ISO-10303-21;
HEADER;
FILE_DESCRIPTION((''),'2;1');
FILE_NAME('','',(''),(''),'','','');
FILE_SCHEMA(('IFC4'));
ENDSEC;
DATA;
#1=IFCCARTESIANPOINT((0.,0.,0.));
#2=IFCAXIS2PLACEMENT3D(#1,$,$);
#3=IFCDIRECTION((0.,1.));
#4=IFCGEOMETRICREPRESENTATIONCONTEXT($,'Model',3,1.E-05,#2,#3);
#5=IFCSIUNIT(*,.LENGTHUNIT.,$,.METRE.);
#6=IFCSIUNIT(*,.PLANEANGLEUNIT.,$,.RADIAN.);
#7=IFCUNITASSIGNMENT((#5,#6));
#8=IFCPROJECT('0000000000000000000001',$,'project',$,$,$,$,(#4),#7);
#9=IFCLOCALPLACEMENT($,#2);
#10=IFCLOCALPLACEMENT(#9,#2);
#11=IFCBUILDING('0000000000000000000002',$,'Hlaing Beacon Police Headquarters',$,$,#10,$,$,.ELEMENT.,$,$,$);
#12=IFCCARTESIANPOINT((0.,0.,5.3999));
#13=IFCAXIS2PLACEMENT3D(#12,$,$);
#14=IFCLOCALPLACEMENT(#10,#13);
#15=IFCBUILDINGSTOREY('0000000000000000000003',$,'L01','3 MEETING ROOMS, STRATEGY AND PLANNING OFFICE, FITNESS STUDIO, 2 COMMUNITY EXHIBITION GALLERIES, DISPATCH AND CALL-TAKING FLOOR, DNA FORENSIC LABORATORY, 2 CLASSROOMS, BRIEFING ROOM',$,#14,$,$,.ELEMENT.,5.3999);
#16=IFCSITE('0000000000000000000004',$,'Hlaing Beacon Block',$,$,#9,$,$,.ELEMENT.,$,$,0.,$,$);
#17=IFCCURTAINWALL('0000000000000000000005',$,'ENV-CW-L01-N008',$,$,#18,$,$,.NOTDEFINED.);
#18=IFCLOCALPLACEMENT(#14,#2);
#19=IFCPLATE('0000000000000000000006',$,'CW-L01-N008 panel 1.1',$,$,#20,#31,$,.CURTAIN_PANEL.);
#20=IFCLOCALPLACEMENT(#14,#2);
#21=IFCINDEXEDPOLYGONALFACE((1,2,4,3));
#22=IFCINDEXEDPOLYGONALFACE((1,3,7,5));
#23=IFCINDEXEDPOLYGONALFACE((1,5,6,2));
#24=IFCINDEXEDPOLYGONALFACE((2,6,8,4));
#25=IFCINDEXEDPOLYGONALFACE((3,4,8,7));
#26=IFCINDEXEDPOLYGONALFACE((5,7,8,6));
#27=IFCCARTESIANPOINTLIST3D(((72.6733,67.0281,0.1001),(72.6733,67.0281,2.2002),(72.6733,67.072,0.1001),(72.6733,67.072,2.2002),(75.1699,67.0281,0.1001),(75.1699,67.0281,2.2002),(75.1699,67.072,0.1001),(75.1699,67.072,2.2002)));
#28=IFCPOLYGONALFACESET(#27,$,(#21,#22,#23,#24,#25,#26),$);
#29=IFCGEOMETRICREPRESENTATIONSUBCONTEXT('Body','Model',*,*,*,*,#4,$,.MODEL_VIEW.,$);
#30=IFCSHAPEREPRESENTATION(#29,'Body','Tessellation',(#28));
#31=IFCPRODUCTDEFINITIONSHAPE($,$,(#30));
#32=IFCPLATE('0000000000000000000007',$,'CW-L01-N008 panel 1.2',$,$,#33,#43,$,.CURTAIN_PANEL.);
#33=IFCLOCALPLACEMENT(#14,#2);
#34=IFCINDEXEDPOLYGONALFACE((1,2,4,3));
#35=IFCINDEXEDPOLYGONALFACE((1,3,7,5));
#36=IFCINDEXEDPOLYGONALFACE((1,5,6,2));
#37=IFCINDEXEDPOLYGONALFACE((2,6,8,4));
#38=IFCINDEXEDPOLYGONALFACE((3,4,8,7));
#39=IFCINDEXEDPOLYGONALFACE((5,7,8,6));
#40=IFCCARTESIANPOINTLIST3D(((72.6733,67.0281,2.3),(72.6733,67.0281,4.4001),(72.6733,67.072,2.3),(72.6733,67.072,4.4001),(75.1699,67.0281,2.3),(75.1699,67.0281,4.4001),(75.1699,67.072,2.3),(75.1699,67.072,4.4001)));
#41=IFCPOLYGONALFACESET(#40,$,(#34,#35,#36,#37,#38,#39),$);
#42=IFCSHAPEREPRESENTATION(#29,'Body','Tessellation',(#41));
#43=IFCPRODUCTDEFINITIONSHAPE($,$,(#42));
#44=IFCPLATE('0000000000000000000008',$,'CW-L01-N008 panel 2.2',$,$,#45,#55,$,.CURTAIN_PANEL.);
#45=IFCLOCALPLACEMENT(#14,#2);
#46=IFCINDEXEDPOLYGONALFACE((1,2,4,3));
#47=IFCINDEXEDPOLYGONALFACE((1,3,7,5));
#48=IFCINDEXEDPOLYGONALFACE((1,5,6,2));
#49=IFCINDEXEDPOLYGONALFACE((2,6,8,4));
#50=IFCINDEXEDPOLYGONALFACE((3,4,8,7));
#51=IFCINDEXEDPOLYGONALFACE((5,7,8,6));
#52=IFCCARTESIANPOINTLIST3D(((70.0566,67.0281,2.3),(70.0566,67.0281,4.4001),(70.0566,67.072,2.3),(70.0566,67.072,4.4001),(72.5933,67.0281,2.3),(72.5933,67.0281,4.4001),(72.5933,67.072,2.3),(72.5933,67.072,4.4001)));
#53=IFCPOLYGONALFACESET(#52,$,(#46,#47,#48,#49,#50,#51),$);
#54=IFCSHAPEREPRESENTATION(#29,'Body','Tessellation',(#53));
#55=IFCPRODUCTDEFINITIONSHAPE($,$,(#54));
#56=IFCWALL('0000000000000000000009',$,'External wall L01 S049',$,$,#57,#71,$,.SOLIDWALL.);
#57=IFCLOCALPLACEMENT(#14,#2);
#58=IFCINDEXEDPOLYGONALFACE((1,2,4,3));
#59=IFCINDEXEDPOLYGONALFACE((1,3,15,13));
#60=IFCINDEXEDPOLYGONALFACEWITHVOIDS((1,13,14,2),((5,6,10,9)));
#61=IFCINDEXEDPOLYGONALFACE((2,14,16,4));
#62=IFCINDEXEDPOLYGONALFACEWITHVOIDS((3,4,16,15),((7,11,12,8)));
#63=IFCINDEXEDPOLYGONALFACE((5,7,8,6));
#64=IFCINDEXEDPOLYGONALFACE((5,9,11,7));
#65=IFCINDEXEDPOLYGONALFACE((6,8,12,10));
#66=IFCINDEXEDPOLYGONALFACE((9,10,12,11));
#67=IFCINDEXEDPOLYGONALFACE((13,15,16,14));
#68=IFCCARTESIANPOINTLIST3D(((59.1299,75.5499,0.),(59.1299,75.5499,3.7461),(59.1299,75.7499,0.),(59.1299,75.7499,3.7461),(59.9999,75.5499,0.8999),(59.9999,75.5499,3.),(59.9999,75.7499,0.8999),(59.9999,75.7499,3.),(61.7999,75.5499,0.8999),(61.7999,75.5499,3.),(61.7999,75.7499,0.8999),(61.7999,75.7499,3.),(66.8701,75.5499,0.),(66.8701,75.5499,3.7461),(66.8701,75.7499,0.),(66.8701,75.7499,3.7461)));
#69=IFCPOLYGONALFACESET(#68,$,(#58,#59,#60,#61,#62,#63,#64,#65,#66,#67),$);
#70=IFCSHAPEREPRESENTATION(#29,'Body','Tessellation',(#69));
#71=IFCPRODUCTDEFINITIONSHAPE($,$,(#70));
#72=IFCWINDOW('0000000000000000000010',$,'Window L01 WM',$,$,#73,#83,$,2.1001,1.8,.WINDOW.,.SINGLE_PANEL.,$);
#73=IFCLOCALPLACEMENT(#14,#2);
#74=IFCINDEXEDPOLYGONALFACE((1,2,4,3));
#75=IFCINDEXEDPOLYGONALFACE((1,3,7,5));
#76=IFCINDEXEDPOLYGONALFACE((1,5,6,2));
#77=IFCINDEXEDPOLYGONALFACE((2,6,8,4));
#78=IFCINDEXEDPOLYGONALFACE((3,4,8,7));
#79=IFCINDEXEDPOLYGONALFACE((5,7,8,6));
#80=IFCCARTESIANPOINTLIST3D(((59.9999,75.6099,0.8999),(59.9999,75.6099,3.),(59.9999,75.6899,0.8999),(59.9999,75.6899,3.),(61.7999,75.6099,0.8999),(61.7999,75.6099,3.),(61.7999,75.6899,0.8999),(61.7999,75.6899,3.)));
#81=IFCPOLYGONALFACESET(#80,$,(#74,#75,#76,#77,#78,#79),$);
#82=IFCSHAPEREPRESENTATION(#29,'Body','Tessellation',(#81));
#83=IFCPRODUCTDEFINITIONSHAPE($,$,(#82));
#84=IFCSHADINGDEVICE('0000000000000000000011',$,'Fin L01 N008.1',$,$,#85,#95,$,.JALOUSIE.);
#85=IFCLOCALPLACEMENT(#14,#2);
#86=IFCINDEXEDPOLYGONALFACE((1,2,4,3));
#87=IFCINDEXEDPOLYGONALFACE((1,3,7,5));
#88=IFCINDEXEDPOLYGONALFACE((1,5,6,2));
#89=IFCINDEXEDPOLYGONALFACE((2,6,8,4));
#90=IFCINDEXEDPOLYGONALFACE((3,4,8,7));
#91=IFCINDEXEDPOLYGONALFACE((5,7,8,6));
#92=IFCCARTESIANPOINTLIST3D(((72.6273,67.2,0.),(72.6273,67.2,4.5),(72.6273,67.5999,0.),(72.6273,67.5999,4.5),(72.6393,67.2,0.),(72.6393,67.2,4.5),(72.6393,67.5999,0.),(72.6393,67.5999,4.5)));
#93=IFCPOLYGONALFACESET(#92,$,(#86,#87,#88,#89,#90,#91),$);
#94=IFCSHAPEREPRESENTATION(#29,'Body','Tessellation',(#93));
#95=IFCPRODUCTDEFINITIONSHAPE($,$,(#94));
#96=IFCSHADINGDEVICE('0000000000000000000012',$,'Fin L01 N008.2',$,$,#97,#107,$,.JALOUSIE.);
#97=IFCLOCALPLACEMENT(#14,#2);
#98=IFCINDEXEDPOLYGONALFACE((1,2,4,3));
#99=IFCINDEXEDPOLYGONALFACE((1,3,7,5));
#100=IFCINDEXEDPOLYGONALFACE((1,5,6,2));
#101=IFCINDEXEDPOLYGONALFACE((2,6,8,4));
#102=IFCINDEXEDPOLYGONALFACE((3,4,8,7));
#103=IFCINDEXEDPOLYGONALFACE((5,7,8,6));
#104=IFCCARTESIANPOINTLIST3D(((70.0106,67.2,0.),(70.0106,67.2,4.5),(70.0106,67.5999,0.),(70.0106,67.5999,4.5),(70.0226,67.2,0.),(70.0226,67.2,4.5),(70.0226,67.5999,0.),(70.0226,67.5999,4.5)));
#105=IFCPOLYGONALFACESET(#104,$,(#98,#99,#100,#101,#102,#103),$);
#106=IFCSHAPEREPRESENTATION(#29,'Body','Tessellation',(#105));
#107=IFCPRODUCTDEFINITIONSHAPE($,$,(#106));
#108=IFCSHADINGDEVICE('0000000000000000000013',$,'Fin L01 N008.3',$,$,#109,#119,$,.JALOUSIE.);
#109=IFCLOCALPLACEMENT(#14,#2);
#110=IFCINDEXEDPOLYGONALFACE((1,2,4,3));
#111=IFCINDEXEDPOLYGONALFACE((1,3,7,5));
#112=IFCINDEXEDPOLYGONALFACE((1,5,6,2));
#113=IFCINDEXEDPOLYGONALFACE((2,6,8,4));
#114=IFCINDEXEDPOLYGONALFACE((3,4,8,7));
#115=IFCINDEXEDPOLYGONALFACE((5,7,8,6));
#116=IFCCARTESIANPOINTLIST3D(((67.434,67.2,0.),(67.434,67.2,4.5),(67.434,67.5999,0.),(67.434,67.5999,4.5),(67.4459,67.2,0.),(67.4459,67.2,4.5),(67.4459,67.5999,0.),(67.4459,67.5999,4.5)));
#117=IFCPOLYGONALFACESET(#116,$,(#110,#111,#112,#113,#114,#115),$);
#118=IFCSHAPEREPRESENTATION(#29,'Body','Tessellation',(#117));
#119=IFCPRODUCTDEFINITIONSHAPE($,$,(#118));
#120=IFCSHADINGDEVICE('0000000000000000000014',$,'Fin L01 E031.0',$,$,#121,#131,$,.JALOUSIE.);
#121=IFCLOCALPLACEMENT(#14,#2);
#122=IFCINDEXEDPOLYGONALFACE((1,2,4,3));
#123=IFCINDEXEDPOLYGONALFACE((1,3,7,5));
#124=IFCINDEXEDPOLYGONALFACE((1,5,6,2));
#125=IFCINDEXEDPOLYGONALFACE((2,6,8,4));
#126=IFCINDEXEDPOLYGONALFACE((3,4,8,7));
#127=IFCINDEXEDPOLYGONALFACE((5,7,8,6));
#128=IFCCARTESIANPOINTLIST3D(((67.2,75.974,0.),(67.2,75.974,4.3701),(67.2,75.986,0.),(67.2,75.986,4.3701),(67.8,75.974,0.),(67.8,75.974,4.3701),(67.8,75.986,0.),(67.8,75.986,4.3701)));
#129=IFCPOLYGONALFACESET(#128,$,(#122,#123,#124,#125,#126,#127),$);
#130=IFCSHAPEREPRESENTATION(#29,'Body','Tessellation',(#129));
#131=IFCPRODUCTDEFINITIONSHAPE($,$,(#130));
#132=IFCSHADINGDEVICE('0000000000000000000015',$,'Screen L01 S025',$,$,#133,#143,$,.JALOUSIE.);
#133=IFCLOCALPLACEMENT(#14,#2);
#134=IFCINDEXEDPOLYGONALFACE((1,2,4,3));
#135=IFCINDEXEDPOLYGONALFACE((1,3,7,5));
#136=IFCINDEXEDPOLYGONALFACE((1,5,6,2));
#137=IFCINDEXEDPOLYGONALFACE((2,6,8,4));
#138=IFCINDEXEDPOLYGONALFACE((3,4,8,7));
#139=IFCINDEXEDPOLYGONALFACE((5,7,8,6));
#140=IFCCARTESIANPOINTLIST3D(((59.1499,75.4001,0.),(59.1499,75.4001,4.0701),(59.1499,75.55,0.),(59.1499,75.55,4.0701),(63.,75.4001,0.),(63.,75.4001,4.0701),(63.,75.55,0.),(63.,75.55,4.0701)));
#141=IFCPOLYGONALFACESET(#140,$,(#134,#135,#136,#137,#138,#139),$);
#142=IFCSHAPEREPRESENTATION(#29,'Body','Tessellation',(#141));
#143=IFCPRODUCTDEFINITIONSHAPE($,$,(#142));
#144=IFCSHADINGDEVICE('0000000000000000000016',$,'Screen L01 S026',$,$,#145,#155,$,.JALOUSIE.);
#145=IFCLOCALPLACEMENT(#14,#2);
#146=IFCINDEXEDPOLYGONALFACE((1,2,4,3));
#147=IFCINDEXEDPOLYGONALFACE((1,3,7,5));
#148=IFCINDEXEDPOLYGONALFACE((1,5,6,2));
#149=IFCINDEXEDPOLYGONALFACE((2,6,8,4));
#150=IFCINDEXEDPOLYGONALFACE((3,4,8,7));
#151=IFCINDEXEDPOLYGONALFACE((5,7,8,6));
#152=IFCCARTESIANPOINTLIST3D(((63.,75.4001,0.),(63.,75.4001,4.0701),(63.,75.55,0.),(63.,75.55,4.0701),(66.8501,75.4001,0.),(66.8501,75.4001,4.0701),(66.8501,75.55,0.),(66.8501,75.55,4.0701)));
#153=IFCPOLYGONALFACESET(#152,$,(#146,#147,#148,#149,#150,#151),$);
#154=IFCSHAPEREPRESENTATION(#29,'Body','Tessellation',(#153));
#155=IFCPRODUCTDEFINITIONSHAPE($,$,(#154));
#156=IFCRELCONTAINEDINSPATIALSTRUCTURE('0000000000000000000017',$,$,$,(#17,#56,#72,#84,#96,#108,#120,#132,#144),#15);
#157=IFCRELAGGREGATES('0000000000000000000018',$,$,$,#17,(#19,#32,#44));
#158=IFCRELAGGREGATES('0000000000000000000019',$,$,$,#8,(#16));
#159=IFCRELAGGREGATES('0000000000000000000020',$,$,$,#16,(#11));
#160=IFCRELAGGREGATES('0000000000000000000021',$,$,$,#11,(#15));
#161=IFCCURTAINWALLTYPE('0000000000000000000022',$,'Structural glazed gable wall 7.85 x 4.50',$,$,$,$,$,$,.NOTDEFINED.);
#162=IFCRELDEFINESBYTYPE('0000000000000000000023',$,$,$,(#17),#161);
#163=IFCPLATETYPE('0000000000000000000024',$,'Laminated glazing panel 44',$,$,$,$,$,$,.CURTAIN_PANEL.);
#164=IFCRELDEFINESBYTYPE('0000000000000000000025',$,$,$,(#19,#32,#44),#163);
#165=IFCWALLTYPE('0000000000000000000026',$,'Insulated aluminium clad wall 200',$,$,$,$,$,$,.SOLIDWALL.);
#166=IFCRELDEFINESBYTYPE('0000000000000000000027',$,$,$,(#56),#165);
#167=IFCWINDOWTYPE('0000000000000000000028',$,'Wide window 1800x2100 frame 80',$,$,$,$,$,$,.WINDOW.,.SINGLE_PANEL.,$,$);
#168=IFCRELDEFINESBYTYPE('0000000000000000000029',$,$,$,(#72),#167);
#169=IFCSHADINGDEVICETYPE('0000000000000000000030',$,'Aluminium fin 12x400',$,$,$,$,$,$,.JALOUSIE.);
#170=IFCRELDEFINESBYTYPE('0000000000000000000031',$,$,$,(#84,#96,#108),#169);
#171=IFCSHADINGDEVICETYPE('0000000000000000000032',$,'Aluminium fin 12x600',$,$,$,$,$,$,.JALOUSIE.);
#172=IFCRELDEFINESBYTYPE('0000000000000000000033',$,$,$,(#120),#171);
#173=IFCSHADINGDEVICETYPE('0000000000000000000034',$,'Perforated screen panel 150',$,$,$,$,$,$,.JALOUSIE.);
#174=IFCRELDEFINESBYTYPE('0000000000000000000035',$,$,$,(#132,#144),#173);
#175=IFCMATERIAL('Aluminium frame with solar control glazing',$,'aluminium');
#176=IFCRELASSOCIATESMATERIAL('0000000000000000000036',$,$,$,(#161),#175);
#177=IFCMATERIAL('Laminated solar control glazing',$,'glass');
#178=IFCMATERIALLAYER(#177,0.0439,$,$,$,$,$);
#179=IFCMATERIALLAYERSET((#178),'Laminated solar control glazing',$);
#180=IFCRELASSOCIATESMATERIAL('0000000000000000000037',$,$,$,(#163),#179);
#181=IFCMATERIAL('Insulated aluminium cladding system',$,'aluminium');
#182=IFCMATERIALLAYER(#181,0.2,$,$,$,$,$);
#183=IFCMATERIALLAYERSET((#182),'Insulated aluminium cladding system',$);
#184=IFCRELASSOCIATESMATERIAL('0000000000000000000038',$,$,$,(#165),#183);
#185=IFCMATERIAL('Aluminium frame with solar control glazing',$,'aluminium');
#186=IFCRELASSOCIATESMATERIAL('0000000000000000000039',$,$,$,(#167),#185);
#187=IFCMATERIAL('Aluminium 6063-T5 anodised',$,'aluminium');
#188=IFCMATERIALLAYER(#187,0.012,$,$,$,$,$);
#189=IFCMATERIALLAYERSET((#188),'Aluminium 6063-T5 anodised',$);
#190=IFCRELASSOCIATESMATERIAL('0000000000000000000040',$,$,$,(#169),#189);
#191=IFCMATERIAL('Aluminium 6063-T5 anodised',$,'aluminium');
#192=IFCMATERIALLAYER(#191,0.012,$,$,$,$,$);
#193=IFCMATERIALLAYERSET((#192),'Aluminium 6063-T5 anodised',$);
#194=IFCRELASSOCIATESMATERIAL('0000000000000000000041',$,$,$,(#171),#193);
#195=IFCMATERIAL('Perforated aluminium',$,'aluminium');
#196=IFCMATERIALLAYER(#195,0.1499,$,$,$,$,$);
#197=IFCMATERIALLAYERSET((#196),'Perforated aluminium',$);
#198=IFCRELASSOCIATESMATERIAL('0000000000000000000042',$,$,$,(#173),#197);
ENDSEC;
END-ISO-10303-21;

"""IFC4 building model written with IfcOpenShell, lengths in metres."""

from ifc_helpers import new_model, si_unit, direction, frame, frame_2d, origin, origin_2d, place, context, subcontext, project, spatial, rectangle, extrude, material, layer, layer_set, type_object, element, fill, aggregate, save


model = new_model("IFC4")

# Units and contexts
model_context = context("Model", 3, precision=1e-05, world=origin(), true_north=direction((0.0, 1.0)))
body_context = subcontext(model_context, "Body", "Model", "MODEL_VIEW")
ifc_project = project(units=[si_unit("LENGTHUNIT", "METRE"), si_unit("PLANEANGLEUNIT", "RADIAN")], contexts=[model_context])

# Site, building, storey
site_placement = place(None, origin())
site = spatial("IfcSite", under=ifc_project, at=site_placement, Name="Hlaing Beacon Block", CompositionType="ELEMENT", RefElevation=0.0)
building_placement = place(site_placement, origin())
building = spatial("IfcBuilding", under=site, at=building_placement, Name="Hlaing Beacon Police Headquarters", CompositionType="ELEMENT")
storey_placement = place(building_placement, frame((0.0, 0.0, 5.3999)))
storey = spatial("IfcBuildingStorey", under=building, at=storey_placement, Name="L01", Description="3 MEETING ROOMS, STRATEGY AND PLANNING OFFICE, FITNESS STUDIO, 2 COMMUNITY EXHIBITION GALLERIES, DISPATCH AND CALL-TAKING FLOOR, DNA FORENSIC LABORATORY, 2 CLASSROOMS, BRIEFING ROOM", CompositionType="ELEMENT", Elevation=5.3999)

# Curtain wall
ifc_material_1 = material(Name="Aluminium frame with solar control glazing", Category="aluminium")
curtain_wall_type_1 = type_object("IfcCurtainWallType", Name="Structural glazed gable wall 7.85 x 4.50", PredefinedType="NOTDEFINED", material=ifc_material_1)
curtain_wall_1_placement = place(storey_placement, origin())
curtain_wall_1 = element("IfcCurtainWall", 1, at=curtain_wall_1_placement, inside=storey, type_object=curtain_wall_type_1, Name="ENV-CW-L01-N008", PredefinedType="NOTDEFINED")

# Plates
ifc_material_2 = material(Name="Laminated solar control glazing", Category="glass")
ifc_layer_1 = layer(ifc_material_2, 0.0439)
ifc_layer_set_1 = layer_set([ifc_layer_1], Name="Laminated solar control glazing")
plate_type_1 = type_object("IfcPlateType", Name="Laminated glazing panel 44", PredefinedType="CURTAIN_PANEL", material=ifc_layer_set_1)
plate_1_placement = place(storey_placement, frame((73.9216, 67.05, 0.1001), z_axis=(0.0, 0.0, 1.0), x_axis=(-1.0, 0.0, 0.0)))
plate_1 = element("IfcPlate", 2, at=plate_1_placement, type_object=plate_type_1, Name="CW-L01-N008 panel 1.1", PredefinedType="CURTAIN_PANEL", context=body_context, shape_type="SweptSolid", body=[
    extrude(rectangle(XDim=2.4966, YDim=0.0439, at=origin_2d()), origin(), (0.0, 0.0, 1.0), 2.1001),
])
plate_2_placement = place(storey_placement, frame((73.9216, 67.05, 2.3), z_axis=(0.0, 0.0, 1.0), x_axis=(-1.0, 0.0, 0.0)))
plate_2 = element("IfcPlate", 3, at=plate_2_placement, type_object=plate_type_1, Name="CW-L01-N008 panel 1.2", PredefinedType="CURTAIN_PANEL", context=body_context, shape_type="SweptSolid", body=[
    extrude(rectangle(XDim=2.4966, YDim=0.0439, at=origin_2d()), origin(), (0.0, 0.0, 1.0), 2.1001),
])
plate_3_placement = place(storey_placement, frame((71.325, 67.05, 2.3), z_axis=(0.0, 0.0, 1.0), x_axis=(-1.0, 0.0, 0.0)))
plate_3 = element("IfcPlate", 4, at=plate_3_placement, type_object=plate_type_1, Name="CW-L01-N008 panel 2.2", PredefinedType="CURTAIN_PANEL", context=body_context, shape_type="SweptSolid", body=[
    extrude(rectangle(XDim=2.5366, YDim=0.0439, at=origin_2d()), origin(), (0.0, 0.0, 1.0), 2.1001),
])
aggregate(curtain_wall_1, [plate_1, plate_2, plate_3])

# Wall, opening, window
ifc_material_3 = material(Name="Insulated aluminium cladding system", Category="aluminium")
ifc_layer_2 = layer(ifc_material_3, 0.2)
ifc_layer_set_2 = layer_set([ifc_layer_2], Name="Insulated aluminium cladding system")
wall_type = type_object("IfcWallType", Name="Insulated aluminium clad wall 200", PredefinedType="SOLIDWALL", material=ifc_layer_set_2)
wall_placement = place(storey_placement, frame((59.1299, 75.6499, 0.0), z_axis=(0.0, 0.0, 1.0), x_axis=(1.0, 0.0, 0.0)))
wall = element("IfcWall", 5, at=wall_placement, inside=storey, type_object=wall_type, Name="External wall L01 S049", PredefinedType="SOLIDWALL", context=body_context, shape_type="SweptSolid", body=[
    extrude(rectangle(XDim=7.7402, YDim=0.2, at=frame_2d((3.8701, 0.0))), origin(), (0.0, 0.0, 1.0), 3.7461),
])
opening_placement = place(wall_placement, frame((0.8701, 0.0, 0.8999)))
opening = element("IfcOpeningElement", 6, at=opening_placement, cuts=wall, PredefinedType="OPENING", context=body_context, shape_type="SweptSolid", body=[
    extrude(rectangle(XDim=1.8, YDim=2.1001, at=frame_2d((0.8999, 1.05))), frame((0.0, 0.1099, 0.0), z_axis=(0.0, -1.0, 0.0), x_axis=(1.0, 0.0, 0.0)), (0.0, 0.0, 1.0), 0.22),
])
ifc_material_4 = material(Name="Aluminium frame with solar control glazing", Category="aluminium")
window_type = type_object("IfcWindowType", Name="Wide window 1800x2100 frame 80", PartitioningType="SINGLE_PANEL", PredefinedType="WINDOW", material=ifc_material_4)
window_placement = place(opening_placement, origin())
window = element("IfcWindow", 7, at=window_placement, inside=storey, type_object=window_type, Name="Window L01 WM", OverallHeight=2.1001, OverallWidth=1.8, PartitioningType="SINGLE_PANEL", PredefinedType="WINDOW", context=body_context, shape_type="SweptSolid", body=[
    extrude(rectangle(XDim=1.8, YDim=2.1001, at=frame_2d((0.8999, 1.05))), frame((0.0, 0.04, 0.0), z_axis=(0.0, -1.0, 0.0), x_axis=(1.0, 0.0, 0.0)), (0.0, 0.0, 1.0), 0.0801),
])
fill(opening, window)

# Shading devices
ifc_material_5 = material(Name="Aluminium 6063-T5 anodised", Category="aluminium")
ifc_layer_3 = layer(ifc_material_5, 0.012)
ifc_layer_set_3 = layer_set([ifc_layer_3], Name="Aluminium 6063-T5 anodised")
shading_device_type_1 = type_object("IfcShadingDeviceType", Name="Aluminium fin 12x400", PredefinedType="JALOUSIE", material=ifc_layer_set_3)
for number, where, z_axis, x_axis, name in (
    (8, (72.6333, 67.3999, 0.0), (0.0, 0.0, 1.0), (-1.0, 0.0, 0.0), "Fin L01 N008.1"),
    (9, (70.0166, 67.3999, 0.0), (0.0, 0.0, 1.0), (-1.0, 0.0, 0.0), "Fin L01 N008.2"),
    (10, (67.4399, 67.3999, 0.0), (0.0, 0.0, 1.0), (-1.0, 0.0, 0.0), "Fin L01 N008.3"),
):
    element("IfcShadingDevice", number, at=place(storey_placement, frame(where, z_axis=z_axis, x_axis=x_axis)), inside=storey, type_object=shading_device_type_1, Name=name, PredefinedType="JALOUSIE", context=body_context, shape_type="SweptSolid", body=[
        extrude(rectangle(XDim=0.012, YDim=0.3999, at=origin_2d()), origin(), (0.0, 0.0, 1.0), 4.5),
    ])
ifc_material_6 = material(Name="Aluminium 6063-T5 anodised", Category="aluminium")
ifc_layer_4 = layer(ifc_material_6, 0.012)
ifc_layer_set_4 = layer_set([ifc_layer_4], Name="Aluminium 6063-T5 anodised")
shading_device_type_2 = type_object("IfcShadingDeviceType", Name="Aluminium fin 12x600", PredefinedType="JALOUSIE", material=ifc_layer_set_4)
shading_device_placement = place(storey_placement, frame((67.5, 75.98, 0.0), z_axis=(0.0, 0.0, 1.0), x_axis=(0.0, 1.0, 0.0)))
element("IfcShadingDevice", 11, at=shading_device_placement, inside=storey, type_object=shading_device_type_2, Name="Fin L01 E031.0", PredefinedType="JALOUSIE", context=body_context, shape_type="SweptSolid", body=[
    extrude(rectangle(XDim=0.012, YDim=0.6001, at=origin_2d()), origin(), (0.0, 0.0, 1.0), 4.3701),
])
ifc_material_7 = material(Name="Perforated aluminium", Category="aluminium")
ifc_layer_5 = layer(ifc_material_7, 0.1499)
ifc_layer_set_5 = layer_set([ifc_layer_5], Name="Perforated aluminium")
shading_device_type_3 = type_object("IfcShadingDeviceType", Name="Perforated screen panel 150", PredefinedType="JALOUSIE", material=ifc_layer_set_5)
for number, where, z_axis, x_axis, name in (
    (12, (61.075, 75.4751, 0.0), (0.0, 0.0, 1.0), (1.0, 0.0, 0.0), "Screen L01 S025"),
    (13, (64.925, 75.4751, 0.0), (0.0, 0.0, 1.0), (1.0, 0.0, 0.0), "Screen L01 S026"),
):
    element("IfcShadingDevice", number, at=place(storey_placement, frame(where, z_axis=z_axis, x_axis=x_axis)), inside=storey, type_object=shading_device_type_3, Name=name, PredefinedType="JALOUSIE", context=body_context, shape_type="SweptSolid", body=[
        extrude(rectangle(XDim=3.8501, YDim=0.1499, at=origin_2d()), origin(), (0.0, 0.0, 1.0), 4.0701),
    ])

save(model, "model.ifc")
